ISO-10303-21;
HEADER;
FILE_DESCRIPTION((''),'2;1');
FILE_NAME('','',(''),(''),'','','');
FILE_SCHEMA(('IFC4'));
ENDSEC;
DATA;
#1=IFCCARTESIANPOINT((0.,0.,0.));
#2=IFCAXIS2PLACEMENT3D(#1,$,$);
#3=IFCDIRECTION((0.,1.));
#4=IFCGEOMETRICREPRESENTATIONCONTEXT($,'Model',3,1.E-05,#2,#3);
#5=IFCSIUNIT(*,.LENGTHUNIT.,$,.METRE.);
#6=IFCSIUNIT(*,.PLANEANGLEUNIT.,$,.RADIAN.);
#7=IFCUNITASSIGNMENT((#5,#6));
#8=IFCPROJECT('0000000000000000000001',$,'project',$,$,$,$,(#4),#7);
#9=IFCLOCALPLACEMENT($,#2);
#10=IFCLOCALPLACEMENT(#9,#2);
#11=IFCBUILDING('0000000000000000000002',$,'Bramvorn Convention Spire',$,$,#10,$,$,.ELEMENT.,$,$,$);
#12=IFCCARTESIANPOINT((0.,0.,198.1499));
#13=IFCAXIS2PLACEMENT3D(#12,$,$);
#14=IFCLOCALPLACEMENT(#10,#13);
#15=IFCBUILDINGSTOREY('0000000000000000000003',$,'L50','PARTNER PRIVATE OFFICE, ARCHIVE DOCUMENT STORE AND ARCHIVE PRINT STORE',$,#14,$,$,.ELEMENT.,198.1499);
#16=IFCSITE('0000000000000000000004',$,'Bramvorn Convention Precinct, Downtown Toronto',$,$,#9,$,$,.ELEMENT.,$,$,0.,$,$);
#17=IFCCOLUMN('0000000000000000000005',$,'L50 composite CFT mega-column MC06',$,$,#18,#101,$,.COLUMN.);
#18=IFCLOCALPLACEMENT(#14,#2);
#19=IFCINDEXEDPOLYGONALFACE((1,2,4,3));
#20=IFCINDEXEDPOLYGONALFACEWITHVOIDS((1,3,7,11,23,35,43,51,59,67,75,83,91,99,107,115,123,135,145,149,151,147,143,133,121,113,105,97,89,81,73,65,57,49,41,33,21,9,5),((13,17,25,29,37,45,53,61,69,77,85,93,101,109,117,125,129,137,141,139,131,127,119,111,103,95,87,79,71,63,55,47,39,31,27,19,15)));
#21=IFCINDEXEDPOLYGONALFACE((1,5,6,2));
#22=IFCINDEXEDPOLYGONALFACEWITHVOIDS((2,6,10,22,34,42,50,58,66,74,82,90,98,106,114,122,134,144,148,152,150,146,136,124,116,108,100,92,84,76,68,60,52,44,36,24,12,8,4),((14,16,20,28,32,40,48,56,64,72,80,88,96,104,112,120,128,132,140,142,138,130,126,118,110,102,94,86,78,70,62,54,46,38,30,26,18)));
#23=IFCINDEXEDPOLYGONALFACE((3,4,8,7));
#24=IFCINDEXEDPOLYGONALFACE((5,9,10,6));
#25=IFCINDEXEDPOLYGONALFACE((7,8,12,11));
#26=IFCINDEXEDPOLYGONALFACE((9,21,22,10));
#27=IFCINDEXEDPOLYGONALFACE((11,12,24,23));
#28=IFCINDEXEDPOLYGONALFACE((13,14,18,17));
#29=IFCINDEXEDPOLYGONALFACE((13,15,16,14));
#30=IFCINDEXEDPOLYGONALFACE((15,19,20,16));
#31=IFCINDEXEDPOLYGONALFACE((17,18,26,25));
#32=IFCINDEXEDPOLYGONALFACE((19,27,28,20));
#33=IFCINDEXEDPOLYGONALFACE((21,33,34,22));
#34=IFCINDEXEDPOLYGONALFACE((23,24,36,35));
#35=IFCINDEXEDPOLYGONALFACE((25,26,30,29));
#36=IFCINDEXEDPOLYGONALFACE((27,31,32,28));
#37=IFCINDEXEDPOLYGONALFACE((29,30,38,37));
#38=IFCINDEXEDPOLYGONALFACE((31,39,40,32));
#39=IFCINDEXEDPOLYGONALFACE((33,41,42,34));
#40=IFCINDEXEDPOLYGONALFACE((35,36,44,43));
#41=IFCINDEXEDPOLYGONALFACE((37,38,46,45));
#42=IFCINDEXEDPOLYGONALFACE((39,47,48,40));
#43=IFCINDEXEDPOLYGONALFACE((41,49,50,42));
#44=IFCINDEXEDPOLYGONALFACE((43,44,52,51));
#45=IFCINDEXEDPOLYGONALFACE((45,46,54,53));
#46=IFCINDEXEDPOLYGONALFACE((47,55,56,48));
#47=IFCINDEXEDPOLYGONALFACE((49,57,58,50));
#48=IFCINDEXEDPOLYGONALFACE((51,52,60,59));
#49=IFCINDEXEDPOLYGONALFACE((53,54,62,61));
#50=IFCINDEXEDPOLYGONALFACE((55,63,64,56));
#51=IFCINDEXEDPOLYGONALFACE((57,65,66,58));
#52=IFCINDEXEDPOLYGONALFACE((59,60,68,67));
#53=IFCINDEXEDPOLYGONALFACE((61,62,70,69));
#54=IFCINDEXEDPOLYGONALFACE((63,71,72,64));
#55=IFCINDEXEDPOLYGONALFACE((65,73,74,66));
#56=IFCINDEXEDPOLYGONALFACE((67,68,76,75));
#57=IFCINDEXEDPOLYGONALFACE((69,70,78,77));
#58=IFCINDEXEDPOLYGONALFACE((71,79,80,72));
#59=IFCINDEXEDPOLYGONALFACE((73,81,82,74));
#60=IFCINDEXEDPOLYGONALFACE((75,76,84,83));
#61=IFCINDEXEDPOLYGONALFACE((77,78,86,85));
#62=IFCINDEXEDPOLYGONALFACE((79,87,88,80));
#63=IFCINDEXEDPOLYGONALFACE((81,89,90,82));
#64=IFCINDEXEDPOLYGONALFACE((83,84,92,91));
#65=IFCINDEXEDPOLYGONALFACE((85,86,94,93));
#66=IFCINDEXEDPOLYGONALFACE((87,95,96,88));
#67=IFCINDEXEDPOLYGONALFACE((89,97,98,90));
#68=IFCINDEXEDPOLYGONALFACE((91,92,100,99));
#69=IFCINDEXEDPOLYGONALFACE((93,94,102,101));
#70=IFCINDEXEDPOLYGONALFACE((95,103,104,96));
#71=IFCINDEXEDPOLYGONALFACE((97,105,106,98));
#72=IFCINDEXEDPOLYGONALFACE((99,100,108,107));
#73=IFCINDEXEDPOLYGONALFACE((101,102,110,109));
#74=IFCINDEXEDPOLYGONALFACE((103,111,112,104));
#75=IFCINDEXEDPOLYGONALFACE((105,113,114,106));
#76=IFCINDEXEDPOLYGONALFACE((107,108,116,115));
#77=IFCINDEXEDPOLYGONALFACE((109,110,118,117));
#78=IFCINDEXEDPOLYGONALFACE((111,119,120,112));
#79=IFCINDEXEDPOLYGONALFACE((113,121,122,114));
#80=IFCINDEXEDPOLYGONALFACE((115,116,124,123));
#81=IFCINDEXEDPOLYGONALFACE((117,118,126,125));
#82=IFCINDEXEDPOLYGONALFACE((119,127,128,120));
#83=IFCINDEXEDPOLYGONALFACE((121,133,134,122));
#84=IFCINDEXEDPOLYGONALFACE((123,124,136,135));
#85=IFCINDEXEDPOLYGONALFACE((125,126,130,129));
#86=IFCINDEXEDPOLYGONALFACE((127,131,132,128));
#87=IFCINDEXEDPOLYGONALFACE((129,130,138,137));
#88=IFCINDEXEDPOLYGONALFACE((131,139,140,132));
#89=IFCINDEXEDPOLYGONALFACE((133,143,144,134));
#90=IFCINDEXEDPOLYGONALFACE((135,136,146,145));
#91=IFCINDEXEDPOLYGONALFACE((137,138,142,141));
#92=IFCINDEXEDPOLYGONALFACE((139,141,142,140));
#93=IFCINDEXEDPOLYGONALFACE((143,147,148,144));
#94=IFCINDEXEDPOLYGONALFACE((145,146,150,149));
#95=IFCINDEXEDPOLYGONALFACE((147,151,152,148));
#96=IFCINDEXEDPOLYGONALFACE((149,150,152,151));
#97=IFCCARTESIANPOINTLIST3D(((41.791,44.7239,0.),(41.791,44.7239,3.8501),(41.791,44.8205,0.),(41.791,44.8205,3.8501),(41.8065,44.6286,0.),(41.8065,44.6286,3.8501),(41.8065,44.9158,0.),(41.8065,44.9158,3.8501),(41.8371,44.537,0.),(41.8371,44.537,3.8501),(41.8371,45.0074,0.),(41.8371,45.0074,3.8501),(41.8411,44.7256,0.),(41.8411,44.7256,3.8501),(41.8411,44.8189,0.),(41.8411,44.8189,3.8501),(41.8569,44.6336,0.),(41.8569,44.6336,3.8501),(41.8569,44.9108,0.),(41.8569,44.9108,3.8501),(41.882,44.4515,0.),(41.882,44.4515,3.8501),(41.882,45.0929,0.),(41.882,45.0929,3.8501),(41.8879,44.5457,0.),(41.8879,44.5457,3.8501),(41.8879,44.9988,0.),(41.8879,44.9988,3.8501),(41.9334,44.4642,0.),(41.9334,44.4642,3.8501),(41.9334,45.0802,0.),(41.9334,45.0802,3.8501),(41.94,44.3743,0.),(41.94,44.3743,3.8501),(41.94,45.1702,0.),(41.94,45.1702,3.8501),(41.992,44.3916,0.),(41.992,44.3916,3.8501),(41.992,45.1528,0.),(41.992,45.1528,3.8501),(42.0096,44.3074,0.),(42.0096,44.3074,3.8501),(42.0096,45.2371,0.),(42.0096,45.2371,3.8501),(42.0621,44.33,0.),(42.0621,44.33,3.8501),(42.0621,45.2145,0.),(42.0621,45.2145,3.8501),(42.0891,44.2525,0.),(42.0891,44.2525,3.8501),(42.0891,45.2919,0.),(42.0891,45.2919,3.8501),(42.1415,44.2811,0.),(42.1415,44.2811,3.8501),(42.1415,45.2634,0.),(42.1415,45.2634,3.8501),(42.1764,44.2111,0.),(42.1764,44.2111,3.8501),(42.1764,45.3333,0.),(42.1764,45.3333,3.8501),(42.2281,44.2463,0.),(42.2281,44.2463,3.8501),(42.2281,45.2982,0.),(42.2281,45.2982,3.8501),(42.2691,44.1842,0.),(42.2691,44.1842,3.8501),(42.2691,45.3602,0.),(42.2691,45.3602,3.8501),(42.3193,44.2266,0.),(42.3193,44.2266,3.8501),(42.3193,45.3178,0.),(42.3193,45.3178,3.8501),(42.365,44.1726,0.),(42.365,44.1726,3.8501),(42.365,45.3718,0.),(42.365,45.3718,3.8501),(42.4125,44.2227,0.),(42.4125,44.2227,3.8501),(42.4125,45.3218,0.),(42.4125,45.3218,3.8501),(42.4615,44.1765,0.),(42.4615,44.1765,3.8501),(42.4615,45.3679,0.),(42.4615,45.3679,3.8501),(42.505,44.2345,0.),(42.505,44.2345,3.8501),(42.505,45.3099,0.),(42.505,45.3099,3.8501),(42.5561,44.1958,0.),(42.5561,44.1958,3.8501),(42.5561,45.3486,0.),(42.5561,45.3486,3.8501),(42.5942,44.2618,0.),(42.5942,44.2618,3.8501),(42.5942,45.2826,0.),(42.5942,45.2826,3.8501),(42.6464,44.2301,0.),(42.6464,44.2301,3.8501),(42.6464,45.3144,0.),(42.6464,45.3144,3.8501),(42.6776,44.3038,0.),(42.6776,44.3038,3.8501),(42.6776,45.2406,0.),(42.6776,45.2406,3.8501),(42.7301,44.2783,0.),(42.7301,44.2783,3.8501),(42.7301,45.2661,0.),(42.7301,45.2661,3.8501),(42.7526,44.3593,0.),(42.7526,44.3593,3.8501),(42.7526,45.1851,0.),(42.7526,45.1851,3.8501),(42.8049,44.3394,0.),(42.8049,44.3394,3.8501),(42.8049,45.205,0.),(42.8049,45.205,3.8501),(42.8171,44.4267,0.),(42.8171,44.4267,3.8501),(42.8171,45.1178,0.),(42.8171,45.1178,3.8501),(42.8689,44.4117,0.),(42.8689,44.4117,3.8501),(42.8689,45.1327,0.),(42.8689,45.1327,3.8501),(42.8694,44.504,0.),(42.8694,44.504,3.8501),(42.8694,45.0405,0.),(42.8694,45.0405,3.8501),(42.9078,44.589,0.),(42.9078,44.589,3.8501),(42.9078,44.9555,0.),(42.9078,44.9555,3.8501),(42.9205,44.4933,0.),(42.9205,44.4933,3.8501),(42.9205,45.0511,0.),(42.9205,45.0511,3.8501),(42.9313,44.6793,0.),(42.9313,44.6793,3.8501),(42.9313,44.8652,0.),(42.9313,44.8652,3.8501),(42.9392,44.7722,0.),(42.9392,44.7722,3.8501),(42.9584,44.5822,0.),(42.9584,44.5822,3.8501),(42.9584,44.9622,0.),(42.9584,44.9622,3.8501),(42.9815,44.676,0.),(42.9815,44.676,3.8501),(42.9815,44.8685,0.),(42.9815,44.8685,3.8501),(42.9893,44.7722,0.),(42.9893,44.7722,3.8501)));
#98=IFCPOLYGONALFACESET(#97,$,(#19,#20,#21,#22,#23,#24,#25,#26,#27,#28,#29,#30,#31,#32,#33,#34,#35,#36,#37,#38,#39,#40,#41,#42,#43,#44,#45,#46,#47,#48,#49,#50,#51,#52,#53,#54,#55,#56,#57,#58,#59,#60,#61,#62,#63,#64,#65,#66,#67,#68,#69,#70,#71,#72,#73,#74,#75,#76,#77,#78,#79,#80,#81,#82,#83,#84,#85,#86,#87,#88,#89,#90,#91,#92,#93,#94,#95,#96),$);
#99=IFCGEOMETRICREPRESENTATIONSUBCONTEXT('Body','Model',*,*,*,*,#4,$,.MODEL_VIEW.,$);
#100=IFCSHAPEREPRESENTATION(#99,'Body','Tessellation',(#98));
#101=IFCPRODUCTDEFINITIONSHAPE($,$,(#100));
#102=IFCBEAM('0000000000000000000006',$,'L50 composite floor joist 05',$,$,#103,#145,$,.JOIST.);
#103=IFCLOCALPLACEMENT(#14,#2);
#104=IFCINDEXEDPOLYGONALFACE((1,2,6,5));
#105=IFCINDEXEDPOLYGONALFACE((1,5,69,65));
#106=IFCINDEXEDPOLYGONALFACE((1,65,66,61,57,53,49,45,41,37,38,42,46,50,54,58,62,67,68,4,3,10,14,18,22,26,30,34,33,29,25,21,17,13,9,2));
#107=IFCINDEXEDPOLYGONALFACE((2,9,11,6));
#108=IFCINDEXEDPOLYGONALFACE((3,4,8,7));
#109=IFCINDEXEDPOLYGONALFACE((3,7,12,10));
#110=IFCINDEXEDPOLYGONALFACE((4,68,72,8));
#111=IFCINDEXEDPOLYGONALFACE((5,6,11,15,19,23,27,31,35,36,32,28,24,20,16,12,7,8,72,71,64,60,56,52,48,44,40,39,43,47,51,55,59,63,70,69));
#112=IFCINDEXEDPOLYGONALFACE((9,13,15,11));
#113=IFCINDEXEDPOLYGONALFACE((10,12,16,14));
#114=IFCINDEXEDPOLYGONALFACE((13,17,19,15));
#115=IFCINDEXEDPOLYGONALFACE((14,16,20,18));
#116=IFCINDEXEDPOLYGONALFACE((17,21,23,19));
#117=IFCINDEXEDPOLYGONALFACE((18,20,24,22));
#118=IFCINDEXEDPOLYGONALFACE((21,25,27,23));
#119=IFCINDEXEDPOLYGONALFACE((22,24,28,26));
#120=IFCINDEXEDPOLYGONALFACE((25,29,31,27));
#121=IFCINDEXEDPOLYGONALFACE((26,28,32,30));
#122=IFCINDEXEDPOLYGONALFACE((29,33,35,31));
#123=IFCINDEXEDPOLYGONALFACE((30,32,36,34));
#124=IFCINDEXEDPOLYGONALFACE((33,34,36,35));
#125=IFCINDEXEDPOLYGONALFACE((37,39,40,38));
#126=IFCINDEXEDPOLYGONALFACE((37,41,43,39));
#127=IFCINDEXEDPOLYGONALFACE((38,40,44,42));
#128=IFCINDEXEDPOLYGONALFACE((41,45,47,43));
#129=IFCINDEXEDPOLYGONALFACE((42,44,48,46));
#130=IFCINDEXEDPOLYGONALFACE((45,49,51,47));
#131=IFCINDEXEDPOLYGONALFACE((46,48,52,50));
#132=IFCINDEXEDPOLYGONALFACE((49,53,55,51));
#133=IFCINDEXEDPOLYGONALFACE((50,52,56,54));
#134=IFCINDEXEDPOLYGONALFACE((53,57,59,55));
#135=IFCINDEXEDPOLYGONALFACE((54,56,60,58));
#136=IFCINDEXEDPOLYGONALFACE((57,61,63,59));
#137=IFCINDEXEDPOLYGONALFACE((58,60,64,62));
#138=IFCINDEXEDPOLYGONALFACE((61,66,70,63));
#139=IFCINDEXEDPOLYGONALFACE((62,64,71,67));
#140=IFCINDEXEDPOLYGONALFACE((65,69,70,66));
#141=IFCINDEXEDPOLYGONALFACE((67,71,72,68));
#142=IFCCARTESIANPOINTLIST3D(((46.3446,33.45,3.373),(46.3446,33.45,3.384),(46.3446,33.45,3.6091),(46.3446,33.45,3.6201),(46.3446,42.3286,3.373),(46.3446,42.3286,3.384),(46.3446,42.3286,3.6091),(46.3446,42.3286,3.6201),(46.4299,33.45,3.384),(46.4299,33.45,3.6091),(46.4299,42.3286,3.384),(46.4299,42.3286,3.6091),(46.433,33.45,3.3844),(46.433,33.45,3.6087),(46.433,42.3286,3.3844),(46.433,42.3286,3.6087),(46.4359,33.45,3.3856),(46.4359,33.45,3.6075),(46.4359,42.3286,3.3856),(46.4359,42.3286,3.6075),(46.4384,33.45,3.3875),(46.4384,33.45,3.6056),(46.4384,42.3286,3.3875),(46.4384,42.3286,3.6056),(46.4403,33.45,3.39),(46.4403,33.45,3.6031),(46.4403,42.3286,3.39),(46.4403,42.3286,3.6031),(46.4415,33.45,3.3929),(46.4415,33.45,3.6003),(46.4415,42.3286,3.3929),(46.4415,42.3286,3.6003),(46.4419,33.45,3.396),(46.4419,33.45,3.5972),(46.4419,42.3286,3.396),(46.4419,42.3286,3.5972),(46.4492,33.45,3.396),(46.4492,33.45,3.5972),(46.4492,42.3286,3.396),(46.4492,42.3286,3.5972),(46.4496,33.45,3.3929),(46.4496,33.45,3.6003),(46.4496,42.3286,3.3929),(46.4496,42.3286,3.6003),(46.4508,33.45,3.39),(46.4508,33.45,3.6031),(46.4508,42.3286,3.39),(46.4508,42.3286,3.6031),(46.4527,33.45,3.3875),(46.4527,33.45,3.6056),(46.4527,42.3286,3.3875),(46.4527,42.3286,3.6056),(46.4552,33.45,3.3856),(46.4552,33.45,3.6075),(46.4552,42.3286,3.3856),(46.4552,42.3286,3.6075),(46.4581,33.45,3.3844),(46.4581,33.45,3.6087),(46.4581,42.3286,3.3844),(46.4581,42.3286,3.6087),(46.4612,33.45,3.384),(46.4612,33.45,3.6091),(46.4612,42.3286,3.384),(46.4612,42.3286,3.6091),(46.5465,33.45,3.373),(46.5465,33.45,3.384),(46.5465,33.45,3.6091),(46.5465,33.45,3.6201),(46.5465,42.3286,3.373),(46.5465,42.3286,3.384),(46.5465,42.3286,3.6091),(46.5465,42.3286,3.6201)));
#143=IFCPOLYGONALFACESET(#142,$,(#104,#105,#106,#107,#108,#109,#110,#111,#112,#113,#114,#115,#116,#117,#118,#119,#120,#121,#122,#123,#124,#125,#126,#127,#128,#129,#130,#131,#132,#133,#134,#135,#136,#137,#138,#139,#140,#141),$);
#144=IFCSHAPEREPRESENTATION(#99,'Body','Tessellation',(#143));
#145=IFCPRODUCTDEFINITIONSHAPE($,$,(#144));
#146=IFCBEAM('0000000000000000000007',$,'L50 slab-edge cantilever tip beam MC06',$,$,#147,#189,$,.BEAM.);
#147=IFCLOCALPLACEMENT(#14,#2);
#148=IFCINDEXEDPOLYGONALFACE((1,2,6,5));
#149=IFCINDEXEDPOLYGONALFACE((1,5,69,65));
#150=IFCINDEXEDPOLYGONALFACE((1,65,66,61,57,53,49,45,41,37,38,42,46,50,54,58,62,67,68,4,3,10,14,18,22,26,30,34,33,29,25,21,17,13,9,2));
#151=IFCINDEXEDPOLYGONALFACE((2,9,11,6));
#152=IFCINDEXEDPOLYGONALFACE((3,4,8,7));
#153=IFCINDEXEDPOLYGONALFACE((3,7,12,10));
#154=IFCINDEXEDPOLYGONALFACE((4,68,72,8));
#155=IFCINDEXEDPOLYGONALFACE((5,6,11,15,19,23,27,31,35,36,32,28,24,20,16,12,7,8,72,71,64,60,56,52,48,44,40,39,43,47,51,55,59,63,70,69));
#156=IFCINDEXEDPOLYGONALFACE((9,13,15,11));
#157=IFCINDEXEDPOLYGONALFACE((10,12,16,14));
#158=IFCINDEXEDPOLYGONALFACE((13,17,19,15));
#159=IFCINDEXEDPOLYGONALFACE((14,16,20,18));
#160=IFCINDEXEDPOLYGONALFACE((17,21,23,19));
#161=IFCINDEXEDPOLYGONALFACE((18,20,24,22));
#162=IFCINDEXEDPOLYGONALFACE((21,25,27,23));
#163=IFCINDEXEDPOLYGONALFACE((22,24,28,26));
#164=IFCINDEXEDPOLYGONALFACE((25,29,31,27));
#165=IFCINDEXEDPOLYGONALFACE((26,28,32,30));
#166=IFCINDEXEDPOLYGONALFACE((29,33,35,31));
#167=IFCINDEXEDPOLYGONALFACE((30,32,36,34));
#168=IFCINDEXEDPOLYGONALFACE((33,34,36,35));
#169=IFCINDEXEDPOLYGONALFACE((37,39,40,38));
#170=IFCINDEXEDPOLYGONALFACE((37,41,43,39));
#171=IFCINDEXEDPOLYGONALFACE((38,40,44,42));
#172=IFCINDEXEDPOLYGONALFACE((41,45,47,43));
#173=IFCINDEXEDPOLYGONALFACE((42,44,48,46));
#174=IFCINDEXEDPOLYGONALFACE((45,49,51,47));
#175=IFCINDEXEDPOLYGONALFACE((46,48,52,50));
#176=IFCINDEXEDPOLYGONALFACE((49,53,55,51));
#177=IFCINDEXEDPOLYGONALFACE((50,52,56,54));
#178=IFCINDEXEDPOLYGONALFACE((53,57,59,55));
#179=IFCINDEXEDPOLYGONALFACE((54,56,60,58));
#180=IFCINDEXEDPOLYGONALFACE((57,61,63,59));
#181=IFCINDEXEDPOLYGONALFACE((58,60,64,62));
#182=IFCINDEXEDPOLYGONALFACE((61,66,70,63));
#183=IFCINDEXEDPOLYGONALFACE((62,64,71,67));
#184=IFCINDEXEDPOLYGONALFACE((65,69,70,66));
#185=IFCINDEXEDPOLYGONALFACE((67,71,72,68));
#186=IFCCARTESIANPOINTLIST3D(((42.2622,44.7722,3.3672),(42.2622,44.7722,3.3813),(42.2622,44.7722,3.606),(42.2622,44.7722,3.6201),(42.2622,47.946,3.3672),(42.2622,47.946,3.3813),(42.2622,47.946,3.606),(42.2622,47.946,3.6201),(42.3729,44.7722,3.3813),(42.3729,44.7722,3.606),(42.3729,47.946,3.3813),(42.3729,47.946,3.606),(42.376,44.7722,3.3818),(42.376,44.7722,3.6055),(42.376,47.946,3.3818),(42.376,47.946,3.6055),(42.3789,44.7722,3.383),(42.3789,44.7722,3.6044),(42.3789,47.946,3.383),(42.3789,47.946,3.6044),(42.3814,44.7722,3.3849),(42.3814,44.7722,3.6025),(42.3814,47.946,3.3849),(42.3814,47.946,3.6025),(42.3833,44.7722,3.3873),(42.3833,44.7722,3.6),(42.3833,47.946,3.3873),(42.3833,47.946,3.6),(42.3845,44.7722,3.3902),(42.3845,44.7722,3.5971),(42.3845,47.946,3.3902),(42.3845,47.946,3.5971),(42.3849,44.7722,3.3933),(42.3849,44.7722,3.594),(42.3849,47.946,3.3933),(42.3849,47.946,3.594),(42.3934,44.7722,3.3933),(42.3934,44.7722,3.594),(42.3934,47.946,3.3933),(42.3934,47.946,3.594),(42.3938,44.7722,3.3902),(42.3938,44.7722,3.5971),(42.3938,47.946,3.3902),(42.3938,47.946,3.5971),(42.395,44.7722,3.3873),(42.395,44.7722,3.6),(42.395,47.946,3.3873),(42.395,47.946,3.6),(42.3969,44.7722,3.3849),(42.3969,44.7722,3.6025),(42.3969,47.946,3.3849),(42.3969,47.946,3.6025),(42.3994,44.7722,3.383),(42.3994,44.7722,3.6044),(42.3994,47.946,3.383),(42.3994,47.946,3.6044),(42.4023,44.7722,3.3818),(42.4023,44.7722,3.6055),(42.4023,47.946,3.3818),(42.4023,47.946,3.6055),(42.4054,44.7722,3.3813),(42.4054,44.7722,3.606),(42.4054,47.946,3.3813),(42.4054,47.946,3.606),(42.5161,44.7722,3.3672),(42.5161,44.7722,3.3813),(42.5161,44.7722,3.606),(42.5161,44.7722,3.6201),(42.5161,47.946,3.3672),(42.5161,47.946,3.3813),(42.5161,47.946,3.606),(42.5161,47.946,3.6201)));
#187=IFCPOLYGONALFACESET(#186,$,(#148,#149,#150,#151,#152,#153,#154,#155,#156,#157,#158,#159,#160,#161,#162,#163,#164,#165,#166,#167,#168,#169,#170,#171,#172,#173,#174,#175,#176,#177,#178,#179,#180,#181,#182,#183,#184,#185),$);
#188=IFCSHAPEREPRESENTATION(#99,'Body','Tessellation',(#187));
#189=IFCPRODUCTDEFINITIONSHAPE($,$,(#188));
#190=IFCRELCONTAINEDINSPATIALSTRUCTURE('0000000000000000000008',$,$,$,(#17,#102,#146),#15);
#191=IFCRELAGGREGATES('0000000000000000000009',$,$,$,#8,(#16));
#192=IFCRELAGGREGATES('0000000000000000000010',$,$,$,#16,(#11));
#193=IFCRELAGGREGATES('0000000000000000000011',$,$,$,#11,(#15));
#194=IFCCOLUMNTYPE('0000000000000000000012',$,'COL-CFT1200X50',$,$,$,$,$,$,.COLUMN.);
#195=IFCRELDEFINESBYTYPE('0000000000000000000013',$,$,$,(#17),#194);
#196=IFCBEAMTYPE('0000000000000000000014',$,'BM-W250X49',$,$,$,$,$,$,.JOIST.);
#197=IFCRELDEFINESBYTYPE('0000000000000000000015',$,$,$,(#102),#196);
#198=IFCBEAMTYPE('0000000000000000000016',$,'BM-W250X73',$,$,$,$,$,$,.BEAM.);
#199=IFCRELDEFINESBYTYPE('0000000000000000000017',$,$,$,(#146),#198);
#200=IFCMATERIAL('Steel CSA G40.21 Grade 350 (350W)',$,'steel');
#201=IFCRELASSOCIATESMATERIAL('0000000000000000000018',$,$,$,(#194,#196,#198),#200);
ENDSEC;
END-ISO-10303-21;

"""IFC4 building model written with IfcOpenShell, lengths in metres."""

from ifc_helpers import new_model, si_unit, direction, frame, origin, origin_2d, place, context, subcontext, project, spatial, hollow_circle, i_section, extrude, material, material_profile, profile_set, type_object, element, save


model = new_model("IFC4")

# Units and contexts
model_context = context("Model", 3, precision=1e-05, world=origin(), true_north=direction((0.0, 1.0)))
body_context = subcontext(model_context, "Body", "Model", "MODEL_VIEW")
ifc_project = project(units=[si_unit("LENGTHUNIT", "METRE"), si_unit("PLANEANGLEUNIT", "RADIAN")], contexts=[model_context])

# Site, building, storey
site_placement = place(None, origin())
site = spatial("IfcSite", under=ifc_project, at=site_placement, Name="Bramvorn Convention Precinct, Downtown Toronto", CompositionType="ELEMENT", RefElevation=0.0)
building_placement = place(site_placement, origin())
building = spatial("IfcBuilding", under=site, at=building_placement, Name="Bramvorn Convention Spire", CompositionType="ELEMENT")
storey_placement = place(building_placement, frame((0.0, 0.0, 198.1499)))
storey = spatial("IfcBuildingStorey", under=building, at=storey_placement, Name="L50", Description="PARTNER PRIVATE OFFICE, ARCHIVE DOCUMENT STORE AND ARCHIVE PRINT STORE", CompositionType="ELEMENT", Elevation=198.1499)

# Column
ifc_material_1 = material(Name="Steel CSA G40.21 Grade 350 (350W)", Category="steel")
ifc_material_profile_1 = material_profile(ifc_material_1, hollow_circle(Radius=0.6001, WallThickness=0.05, at=origin_2d()))
ifc_profile_set_1 = profile_set([ifc_material_profile_1], Name="Steel CSA G40.21 Grade 350 (350W) - CFT1200X50")
column_type = type_object("IfcColumnType", Name="COL-CFT1200X50", PredefinedType="COLUMN", material=ifc_profile_set_1)
column_placement = place(storey_placement, frame((42.3892, 44.7722, 0.0), z_axis=(0.0, 0.0, 1.0), x_axis=(1.0, 0.0, 0.0)))
element("IfcColumn", 1, at=column_placement, inside=storey, type_object=column_type, Name="L50 composite CFT mega-column MC06", PredefinedType="COLUMN", context=body_context, shape_type="SweptSolid", body=[
    extrude(hollow_circle(Radius=0.6001, WallThickness=0.05, at=origin_2d()), origin(), (0.0, 0.0, 1.0), 3.8501),
])

# Beams
ifc_material_profile_2 = material_profile(ifc_material_1, i_section(OverallWidth=0.2019, OverallDepth=0.2471, WebThickness=0.0073, FlangeThickness=0.011, FilletRadius=0.012, at=origin_2d()))
ifc_profile_set_2 = profile_set([ifc_material_profile_2], Name="Steel CSA G40.21 Grade 350 (350W) - W250X49")
beam_type_1 = type_object("IfcBeamType", Name="BM-W250X49", PredefinedType="JOIST", material=ifc_profile_set_2)
beam_1_placement = place(storey_placement, frame((46.4456, 33.45, 3.4966), z_axis=(0.0, 1.0, 0.0), x_axis=(-1.0, 0.0, 0.0)))
element("IfcBeam", 2, at=beam_1_placement, inside=storey, type_object=beam_type_1, Name="L50 composite floor joist 05", PredefinedType="JOIST", context=body_context, shape_type="SweptSolid", body=[
    extrude(i_section(OverallWidth=0.2019, OverallDepth=0.2471, WebThickness=0.0073, FlangeThickness=0.011, FilletRadius=0.012, at=origin_2d()), origin(), (0.0, 0.0, 1.0), 8.8787),
])
ifc_material_profile_3 = material_profile(ifc_material_1, i_section(OverallWidth=0.2539, OverallDepth=0.2529, WebThickness=0.0085, FlangeThickness=0.0142, FilletRadius=0.012, at=origin_2d()))
ifc_profile_set_3 = profile_set([ifc_material_profile_3], Name="Steel CSA G40.21 Grade 350 (350W) - W250X73")
beam_type_2 = type_object("IfcBeamType", Name="BM-W250X73", PredefinedType="BEAM", material=ifc_profile_set_3)
beam_2_placement = place(storey_placement, frame((42.3892, 44.7722, 3.4937), z_axis=(0.0, 1.0, 0.0), x_axis=(-1.0, 0.0, 0.0)))
element("IfcBeam", 3, at=beam_2_placement, inside=storey, type_object=beam_type_2, Name="L50 slab-edge cantilever tip beam MC06", PredefinedType="BEAM", context=body_context, shape_type="SweptSolid", body=[
    extrude(i_section(OverallWidth=0.2539, OverallDepth=0.2529, WebThickness=0.0085, FlangeThickness=0.0142, FilletRadius=0.012, at=origin_2d()), origin(), (0.0, 0.0, 1.0), 3.1738),
])

save(model, "model.ifc")
